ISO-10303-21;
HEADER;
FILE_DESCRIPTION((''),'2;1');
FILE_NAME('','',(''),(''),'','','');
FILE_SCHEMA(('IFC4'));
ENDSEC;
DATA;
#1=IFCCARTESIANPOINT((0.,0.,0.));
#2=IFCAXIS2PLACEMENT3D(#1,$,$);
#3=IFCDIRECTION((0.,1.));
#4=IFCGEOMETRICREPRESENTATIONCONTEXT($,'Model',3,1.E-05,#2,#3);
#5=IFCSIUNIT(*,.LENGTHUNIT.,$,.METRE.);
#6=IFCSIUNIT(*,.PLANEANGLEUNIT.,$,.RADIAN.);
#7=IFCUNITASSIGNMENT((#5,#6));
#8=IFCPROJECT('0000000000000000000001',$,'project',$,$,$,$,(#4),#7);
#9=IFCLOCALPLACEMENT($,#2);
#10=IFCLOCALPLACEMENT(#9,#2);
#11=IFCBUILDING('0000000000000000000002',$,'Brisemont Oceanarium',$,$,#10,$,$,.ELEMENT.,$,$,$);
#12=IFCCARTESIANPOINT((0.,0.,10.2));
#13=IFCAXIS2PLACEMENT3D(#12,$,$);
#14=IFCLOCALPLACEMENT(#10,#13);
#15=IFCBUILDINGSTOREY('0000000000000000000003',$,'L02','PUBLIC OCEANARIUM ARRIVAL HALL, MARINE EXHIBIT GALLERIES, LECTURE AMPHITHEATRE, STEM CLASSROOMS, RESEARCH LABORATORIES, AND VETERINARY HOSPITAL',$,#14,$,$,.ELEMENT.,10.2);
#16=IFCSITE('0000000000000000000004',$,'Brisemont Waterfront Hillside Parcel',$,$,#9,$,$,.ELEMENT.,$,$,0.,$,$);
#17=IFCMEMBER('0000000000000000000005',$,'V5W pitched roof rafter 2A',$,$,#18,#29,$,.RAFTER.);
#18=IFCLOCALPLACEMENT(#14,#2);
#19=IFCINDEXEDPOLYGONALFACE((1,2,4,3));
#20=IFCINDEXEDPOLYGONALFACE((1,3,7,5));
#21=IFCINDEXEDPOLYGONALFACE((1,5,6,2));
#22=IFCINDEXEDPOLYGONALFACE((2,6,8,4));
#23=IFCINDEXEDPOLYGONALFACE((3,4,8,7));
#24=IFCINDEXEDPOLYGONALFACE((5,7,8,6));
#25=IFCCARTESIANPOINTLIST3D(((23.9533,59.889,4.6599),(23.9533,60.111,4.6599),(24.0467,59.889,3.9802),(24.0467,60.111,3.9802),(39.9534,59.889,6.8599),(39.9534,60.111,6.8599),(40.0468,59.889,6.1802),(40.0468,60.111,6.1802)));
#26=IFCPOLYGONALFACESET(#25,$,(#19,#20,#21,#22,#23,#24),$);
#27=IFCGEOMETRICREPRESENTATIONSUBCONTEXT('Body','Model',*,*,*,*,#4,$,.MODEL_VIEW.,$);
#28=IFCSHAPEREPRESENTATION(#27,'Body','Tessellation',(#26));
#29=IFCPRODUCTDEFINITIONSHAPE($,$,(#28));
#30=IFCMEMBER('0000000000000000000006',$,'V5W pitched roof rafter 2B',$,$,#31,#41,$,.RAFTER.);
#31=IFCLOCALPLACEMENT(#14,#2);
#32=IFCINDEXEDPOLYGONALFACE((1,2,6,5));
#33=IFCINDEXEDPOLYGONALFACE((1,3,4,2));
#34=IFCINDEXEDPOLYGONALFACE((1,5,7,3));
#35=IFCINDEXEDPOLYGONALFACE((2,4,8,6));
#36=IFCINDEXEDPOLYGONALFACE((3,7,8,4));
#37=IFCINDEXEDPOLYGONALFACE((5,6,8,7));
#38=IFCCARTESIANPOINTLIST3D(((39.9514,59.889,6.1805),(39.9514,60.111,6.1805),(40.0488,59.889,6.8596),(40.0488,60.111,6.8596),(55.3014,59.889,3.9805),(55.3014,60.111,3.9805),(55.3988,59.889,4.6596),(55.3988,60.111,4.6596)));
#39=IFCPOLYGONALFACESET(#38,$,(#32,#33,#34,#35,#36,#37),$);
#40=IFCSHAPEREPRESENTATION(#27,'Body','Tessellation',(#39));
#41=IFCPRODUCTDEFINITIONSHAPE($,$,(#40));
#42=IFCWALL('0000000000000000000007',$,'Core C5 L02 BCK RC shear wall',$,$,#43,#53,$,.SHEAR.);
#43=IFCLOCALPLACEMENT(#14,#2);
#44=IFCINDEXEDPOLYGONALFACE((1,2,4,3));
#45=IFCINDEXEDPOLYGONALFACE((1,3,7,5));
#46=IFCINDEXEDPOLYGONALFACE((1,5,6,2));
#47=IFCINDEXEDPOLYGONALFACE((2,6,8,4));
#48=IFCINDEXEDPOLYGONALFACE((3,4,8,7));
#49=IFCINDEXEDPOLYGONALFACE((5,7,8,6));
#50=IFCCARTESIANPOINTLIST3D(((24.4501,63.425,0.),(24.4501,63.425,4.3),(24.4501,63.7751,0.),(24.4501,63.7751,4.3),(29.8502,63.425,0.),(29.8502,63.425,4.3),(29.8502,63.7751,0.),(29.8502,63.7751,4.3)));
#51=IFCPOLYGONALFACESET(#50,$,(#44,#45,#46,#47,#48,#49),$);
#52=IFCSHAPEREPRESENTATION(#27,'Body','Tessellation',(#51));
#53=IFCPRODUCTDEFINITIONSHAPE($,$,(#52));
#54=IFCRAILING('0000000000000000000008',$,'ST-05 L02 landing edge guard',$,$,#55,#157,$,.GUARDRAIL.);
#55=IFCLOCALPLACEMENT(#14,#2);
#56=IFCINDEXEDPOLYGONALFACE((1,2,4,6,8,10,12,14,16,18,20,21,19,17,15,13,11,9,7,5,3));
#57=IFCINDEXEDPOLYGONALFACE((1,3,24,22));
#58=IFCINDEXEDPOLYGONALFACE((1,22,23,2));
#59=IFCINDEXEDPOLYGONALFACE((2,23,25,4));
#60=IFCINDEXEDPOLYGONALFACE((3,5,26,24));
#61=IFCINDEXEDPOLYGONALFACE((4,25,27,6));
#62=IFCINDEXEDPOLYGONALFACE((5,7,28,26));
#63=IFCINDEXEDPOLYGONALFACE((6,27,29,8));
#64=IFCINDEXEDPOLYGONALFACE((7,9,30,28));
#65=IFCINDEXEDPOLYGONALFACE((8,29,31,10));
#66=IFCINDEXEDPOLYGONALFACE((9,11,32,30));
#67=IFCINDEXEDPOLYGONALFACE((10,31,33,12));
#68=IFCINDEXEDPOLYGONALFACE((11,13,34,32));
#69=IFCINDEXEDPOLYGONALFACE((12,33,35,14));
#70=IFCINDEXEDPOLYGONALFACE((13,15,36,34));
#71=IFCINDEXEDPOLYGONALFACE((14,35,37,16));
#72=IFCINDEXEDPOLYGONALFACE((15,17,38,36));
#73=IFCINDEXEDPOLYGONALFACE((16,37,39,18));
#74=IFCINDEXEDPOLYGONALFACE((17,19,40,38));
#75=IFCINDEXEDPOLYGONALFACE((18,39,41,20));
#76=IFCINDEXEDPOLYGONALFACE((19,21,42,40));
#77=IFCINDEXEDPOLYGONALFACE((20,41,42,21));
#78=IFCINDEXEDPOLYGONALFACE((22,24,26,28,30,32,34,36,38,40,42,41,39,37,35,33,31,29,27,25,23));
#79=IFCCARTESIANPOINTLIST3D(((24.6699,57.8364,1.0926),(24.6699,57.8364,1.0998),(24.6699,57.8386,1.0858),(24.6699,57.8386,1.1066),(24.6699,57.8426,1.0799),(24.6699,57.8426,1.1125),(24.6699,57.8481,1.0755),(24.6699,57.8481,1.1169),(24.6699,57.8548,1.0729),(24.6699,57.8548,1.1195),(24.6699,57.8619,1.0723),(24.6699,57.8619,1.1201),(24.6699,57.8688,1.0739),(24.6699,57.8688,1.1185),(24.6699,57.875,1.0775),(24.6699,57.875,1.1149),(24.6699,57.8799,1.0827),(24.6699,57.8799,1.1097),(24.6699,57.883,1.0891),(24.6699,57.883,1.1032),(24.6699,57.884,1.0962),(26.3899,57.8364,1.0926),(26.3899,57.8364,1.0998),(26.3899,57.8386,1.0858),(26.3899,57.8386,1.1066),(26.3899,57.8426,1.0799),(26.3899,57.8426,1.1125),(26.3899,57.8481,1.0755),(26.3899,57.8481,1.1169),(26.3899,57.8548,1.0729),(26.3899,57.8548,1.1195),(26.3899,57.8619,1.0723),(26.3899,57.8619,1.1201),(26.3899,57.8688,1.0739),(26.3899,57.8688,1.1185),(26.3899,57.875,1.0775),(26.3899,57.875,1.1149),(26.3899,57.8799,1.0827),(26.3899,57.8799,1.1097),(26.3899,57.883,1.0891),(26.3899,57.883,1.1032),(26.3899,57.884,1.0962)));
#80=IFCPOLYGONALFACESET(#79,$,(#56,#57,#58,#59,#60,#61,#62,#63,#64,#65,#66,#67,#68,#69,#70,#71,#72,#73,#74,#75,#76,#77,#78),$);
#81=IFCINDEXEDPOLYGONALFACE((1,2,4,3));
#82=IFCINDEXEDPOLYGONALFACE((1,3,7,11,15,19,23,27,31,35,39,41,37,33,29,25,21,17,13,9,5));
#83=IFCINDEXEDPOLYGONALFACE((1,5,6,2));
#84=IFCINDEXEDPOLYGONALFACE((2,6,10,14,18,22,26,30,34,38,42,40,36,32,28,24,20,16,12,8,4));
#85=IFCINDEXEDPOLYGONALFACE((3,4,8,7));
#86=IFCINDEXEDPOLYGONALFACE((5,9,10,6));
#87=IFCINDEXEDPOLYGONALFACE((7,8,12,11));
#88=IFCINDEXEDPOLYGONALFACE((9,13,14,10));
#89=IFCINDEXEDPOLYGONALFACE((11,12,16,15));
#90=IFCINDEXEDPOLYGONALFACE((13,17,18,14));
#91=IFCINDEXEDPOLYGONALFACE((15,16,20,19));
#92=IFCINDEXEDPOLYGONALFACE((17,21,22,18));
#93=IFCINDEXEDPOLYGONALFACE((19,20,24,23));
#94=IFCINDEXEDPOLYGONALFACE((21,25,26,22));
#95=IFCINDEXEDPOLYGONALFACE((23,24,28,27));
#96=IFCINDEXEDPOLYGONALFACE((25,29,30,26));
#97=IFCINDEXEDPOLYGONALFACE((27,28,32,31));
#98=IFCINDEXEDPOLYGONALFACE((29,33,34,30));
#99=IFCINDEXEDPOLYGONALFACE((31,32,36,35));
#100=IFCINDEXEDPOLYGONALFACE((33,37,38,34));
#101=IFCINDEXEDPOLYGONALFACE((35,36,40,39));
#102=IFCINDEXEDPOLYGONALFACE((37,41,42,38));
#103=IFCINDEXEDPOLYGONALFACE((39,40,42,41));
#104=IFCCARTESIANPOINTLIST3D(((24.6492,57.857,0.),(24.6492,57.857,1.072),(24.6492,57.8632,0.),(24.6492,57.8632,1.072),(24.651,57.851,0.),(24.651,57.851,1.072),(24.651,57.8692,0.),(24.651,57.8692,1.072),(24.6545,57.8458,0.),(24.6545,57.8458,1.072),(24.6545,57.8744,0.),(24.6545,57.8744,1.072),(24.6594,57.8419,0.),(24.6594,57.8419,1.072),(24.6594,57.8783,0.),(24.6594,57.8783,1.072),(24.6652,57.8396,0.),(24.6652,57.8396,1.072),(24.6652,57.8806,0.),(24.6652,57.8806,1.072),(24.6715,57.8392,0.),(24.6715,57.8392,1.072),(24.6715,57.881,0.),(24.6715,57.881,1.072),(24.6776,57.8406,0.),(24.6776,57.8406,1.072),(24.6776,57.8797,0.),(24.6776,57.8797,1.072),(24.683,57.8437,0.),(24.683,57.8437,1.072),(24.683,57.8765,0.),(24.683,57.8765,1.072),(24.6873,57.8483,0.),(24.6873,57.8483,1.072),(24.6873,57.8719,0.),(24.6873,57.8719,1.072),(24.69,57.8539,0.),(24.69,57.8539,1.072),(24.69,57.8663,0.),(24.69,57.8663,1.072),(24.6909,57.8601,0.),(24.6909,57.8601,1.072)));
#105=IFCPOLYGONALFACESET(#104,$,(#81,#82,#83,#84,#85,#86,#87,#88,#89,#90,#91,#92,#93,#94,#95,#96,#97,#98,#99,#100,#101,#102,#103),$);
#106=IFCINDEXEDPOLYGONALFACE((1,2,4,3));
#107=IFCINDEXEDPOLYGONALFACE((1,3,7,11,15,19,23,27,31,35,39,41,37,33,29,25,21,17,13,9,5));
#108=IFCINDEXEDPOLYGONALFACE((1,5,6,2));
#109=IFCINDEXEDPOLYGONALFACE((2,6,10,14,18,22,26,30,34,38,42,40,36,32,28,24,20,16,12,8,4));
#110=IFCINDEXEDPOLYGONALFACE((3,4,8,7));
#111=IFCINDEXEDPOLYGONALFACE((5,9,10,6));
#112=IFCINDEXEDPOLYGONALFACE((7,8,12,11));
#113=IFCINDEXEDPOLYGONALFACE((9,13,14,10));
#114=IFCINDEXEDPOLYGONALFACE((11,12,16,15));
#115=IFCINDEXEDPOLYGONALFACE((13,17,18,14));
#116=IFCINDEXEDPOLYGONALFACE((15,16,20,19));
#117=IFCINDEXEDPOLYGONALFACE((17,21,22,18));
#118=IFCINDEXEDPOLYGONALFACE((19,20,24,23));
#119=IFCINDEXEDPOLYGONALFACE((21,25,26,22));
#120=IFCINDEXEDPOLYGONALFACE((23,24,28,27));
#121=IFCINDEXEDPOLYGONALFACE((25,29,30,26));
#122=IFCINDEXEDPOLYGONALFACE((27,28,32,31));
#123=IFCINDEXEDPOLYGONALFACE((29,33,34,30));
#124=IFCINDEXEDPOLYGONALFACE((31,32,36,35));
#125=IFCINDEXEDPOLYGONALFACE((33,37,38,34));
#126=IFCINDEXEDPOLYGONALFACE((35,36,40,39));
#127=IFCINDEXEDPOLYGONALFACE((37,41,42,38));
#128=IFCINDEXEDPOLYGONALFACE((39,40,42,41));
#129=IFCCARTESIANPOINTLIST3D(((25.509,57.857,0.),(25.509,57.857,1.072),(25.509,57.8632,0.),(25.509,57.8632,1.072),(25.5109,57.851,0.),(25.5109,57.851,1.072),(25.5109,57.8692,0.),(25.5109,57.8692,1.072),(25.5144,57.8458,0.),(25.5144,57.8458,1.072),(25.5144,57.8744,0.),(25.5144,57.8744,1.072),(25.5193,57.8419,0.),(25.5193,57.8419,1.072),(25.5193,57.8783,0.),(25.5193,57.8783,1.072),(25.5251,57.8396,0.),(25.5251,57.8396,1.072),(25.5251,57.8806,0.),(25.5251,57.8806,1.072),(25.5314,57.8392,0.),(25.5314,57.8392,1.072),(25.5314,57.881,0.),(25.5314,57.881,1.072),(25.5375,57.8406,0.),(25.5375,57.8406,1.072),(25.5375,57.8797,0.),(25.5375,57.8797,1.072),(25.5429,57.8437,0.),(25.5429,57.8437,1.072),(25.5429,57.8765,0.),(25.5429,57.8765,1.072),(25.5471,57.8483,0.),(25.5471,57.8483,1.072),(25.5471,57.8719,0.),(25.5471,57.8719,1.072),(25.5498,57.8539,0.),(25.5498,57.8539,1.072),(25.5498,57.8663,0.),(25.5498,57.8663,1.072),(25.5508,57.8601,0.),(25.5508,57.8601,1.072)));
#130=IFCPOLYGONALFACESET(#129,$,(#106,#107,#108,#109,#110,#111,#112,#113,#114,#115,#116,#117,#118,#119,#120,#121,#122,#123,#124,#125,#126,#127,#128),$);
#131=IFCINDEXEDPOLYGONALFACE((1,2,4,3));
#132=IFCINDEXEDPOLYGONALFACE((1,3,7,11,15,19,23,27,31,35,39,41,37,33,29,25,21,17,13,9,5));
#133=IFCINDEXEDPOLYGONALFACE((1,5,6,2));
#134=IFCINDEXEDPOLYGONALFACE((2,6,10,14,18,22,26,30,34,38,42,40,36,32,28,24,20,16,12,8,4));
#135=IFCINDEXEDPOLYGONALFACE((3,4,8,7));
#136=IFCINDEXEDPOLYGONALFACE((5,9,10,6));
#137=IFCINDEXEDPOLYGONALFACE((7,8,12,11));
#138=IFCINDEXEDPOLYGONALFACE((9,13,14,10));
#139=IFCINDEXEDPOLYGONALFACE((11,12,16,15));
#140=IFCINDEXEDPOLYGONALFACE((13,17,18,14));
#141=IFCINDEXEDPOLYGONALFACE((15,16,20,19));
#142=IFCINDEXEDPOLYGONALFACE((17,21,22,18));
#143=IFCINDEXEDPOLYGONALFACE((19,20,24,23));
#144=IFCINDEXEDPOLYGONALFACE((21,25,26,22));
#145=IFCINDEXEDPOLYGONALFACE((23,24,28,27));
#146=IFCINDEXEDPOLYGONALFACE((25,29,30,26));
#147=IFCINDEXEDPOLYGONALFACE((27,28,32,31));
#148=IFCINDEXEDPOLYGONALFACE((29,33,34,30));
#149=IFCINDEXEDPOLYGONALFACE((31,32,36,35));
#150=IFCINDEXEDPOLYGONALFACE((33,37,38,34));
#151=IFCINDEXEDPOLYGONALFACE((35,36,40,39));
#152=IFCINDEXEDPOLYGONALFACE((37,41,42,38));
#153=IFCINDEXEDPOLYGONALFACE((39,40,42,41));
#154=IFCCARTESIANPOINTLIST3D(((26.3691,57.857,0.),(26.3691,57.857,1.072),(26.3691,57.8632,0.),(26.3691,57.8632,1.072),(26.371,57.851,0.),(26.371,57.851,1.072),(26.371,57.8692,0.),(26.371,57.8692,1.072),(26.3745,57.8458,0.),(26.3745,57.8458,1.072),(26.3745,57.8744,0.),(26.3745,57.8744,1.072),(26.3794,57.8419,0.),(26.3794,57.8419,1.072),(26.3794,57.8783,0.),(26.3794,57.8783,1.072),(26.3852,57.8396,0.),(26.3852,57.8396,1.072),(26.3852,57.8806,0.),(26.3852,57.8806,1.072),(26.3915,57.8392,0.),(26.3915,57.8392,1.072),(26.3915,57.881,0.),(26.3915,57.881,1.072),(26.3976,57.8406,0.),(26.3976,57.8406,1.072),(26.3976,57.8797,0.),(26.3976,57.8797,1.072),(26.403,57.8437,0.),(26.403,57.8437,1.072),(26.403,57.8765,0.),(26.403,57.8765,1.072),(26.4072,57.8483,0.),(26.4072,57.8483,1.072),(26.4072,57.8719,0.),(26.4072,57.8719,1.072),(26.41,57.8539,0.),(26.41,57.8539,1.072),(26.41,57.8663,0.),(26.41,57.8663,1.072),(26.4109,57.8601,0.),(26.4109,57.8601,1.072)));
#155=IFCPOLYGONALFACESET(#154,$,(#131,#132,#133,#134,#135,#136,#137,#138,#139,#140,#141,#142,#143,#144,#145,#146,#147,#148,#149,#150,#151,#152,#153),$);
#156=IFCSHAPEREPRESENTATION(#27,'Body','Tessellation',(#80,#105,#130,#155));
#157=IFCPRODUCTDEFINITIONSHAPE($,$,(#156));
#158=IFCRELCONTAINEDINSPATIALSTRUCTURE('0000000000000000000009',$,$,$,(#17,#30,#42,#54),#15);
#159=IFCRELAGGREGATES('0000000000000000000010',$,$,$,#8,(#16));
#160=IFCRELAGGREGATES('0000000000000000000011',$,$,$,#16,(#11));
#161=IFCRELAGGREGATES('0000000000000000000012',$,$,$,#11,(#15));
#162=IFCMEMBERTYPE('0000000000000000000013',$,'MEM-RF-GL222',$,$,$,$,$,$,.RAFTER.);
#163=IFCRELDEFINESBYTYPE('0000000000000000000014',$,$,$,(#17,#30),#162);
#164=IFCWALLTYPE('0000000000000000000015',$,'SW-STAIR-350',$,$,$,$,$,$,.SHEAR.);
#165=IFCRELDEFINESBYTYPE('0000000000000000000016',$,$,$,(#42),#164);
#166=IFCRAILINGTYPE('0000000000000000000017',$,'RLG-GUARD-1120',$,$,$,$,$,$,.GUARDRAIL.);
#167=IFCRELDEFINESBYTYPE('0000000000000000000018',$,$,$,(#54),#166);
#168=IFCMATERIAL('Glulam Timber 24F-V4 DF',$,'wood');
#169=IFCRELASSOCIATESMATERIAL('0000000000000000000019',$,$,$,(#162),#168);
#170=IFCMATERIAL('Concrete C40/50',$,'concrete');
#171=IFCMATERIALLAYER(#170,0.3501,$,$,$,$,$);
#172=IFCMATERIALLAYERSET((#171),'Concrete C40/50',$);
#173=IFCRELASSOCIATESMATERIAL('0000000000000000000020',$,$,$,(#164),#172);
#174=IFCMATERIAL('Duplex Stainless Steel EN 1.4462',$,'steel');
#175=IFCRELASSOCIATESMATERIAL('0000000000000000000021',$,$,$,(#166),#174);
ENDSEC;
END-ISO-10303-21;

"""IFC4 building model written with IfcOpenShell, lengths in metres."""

from ifc_helpers import new_model, si_unit, direction, frame, frame_2d, origin, origin_2d, place, context, subcontext, project, spatial, rectangle, circle, extrude, material, layer, layer_set, material_profile, profile_set, type_object, element, save


model = new_model("IFC4")

# Units and contexts
model_context = context("Model", 3, precision=1e-05, world=origin(), true_north=direction((0.0, 1.0)))
body_context = subcontext(model_context, "Body", "Model", "MODEL_VIEW")
ifc_project = project(units=[si_unit("LENGTHUNIT", "METRE"), si_unit("PLANEANGLEUNIT", "RADIAN")], contexts=[model_context])

# Site, building, storey
site_placement = place(None, origin())
site = spatial("IfcSite", under=ifc_project, at=site_placement, Name="Brisemont Waterfront Hillside Parcel", CompositionType="ELEMENT", RefElevation=0.0)
building_placement = place(site_placement, origin())
building = spatial("IfcBuilding", under=site, at=building_placement, Name="Brisemont Oceanarium", CompositionType="ELEMENT")
storey_placement = place(building_placement, frame((0.0, 0.0, 10.2)))
storey = spatial("IfcBuildingStorey", under=building, at=storey_placement, Name="L02", Description="PUBLIC OCEANARIUM ARRIVAL HALL, MARINE EXHIBIT GALLERIES, LECTURE AMPHITHEATRE, STEM CLASSROOMS, RESEARCH LABORATORIES, AND VETERINARY HOSPITAL", CompositionType="ELEMENT", Elevation=10.2)

# Members
ifc_material_1 = material(Name="Glulam Timber 24F-V4 DF", Category="wood")
ifc_material_profile_1 = material_profile(ifc_material_1, rectangle(XDim=0.2219, YDim=0.686, at=origin_2d()), Name="GL-222X686")
ifc_profile_set_1 = profile_set([ifc_material_profile_1], Name="Glulam Timber 24F-V4 DF")
member_type = type_object("IfcMemberType", Name="MEM-RF-GL222", PredefinedType="RAFTER", material=ifc_profile_set_1)
member_1_placement = place(storey_placement, frame((24.0, 60.0, 4.3201), z_axis=(0.990679, 0.0, 0.136215), x_axis=(0.0, 1.0, 0.0)))
element("IfcMember", 1, at=member_1_placement, inside=storey, type_object=member_type, Name="V5W pitched roof rafter 2A", PredefinedType="RAFTER", context=body_context, shape_type="SweptSolid", body=[
    extrude(rectangle(XDim=0.2219, YDim=0.686, at=origin_2d()), origin(), (0.0, 0.0, 1.0), 16.1506),
])
member_2_placement = place(storey_placement, frame((55.3501, 60.0, 4.3201), z_axis=(-0.989885, 0.0, 0.141869), x_axis=(0.0, -1.0, 0.0)))
element("IfcMember", 2, at=member_2_placement, inside=storey, type_object=member_type, Name="V5W pitched roof rafter 2B", PredefinedType="RAFTER", context=body_context, shape_type="SweptSolid", body=[
    extrude(rectangle(XDim=0.2219, YDim=0.686, at=origin_2d()), origin(), (0.0, 0.0, 1.0), 15.5068),
])

# Wall
ifc_material_2 = material(Name="Concrete C40/50", Category="concrete")
ifc_layer_1 = layer(ifc_material_2, 0.3501)
ifc_layer_set_1 = layer_set([ifc_layer_1], Name="Concrete C40/50")
wall_type_1 = type_object("IfcWallType", Name="SW-STAIR-350", PredefinedType="SHEAR", material=ifc_layer_set_1)
wall_1_placement = place(storey_placement, frame((24.45, 63.6001, 0.0), z_axis=(0.0, 0.0, 1.0), x_axis=(1.0, 0.0, 0.0)))
element("IfcWall", 3, at=wall_1_placement, inside=storey, type_object=wall_type_1, Name="Core C5 L02 BCK RC shear wall", PredefinedType="SHEAR", context=body_context, shape_type="SweptSolid", body=[
    extrude(rectangle(XDim=5.4001, YDim=0.3501, at=frame_2d((2.7002, 0.0))), origin(), (0.0, 0.0, 1.0), 4.3),
])

# Railing
ifc_material_3 = material(Name="Duplex Stainless Steel EN 1.4462", Category="steel")
railing_type = type_object("IfcRailingType", Name="RLG-GUARD-1120", PredefinedType="GUARDRAIL", material=ifc_material_3)
railing_1_placement = place(storey_placement, frame((24.6699, 57.8601, 0.0)))
element("IfcRailing", 4, at=railing_1_placement, inside=storey, type_object=railing_type, Name="ST-05 L02 landing edge guard", PredefinedType="GUARDRAIL", context=body_context, shape_type="SweptSolid", body=[
    extrude(circle(Radius=0.0239, at=origin_2d()), frame((0.0, 0.0, 1.0962), z_axis=(1.0, 0.0, 0.0), x_axis=(0.0, 1.0, 0.0)), (0.0, 0.0, 1.0), 1.72),
    extrude(circle(Radius=0.021, at=origin_2d()), origin(), (0.0, 0.0, 1.0), 1.072),
    extrude(circle(Radius=0.021, at=origin_2d()), frame((0.8599, 0.0, 0.0)), (0.0, 0.0, 1.0), 1.072),
    extrude(circle(Radius=0.021, at=origin_2d()), frame((1.72, 0.0, 0.0)), (0.0, 0.0, 1.0), 1.072),
])

save(model, "model.ifc")
